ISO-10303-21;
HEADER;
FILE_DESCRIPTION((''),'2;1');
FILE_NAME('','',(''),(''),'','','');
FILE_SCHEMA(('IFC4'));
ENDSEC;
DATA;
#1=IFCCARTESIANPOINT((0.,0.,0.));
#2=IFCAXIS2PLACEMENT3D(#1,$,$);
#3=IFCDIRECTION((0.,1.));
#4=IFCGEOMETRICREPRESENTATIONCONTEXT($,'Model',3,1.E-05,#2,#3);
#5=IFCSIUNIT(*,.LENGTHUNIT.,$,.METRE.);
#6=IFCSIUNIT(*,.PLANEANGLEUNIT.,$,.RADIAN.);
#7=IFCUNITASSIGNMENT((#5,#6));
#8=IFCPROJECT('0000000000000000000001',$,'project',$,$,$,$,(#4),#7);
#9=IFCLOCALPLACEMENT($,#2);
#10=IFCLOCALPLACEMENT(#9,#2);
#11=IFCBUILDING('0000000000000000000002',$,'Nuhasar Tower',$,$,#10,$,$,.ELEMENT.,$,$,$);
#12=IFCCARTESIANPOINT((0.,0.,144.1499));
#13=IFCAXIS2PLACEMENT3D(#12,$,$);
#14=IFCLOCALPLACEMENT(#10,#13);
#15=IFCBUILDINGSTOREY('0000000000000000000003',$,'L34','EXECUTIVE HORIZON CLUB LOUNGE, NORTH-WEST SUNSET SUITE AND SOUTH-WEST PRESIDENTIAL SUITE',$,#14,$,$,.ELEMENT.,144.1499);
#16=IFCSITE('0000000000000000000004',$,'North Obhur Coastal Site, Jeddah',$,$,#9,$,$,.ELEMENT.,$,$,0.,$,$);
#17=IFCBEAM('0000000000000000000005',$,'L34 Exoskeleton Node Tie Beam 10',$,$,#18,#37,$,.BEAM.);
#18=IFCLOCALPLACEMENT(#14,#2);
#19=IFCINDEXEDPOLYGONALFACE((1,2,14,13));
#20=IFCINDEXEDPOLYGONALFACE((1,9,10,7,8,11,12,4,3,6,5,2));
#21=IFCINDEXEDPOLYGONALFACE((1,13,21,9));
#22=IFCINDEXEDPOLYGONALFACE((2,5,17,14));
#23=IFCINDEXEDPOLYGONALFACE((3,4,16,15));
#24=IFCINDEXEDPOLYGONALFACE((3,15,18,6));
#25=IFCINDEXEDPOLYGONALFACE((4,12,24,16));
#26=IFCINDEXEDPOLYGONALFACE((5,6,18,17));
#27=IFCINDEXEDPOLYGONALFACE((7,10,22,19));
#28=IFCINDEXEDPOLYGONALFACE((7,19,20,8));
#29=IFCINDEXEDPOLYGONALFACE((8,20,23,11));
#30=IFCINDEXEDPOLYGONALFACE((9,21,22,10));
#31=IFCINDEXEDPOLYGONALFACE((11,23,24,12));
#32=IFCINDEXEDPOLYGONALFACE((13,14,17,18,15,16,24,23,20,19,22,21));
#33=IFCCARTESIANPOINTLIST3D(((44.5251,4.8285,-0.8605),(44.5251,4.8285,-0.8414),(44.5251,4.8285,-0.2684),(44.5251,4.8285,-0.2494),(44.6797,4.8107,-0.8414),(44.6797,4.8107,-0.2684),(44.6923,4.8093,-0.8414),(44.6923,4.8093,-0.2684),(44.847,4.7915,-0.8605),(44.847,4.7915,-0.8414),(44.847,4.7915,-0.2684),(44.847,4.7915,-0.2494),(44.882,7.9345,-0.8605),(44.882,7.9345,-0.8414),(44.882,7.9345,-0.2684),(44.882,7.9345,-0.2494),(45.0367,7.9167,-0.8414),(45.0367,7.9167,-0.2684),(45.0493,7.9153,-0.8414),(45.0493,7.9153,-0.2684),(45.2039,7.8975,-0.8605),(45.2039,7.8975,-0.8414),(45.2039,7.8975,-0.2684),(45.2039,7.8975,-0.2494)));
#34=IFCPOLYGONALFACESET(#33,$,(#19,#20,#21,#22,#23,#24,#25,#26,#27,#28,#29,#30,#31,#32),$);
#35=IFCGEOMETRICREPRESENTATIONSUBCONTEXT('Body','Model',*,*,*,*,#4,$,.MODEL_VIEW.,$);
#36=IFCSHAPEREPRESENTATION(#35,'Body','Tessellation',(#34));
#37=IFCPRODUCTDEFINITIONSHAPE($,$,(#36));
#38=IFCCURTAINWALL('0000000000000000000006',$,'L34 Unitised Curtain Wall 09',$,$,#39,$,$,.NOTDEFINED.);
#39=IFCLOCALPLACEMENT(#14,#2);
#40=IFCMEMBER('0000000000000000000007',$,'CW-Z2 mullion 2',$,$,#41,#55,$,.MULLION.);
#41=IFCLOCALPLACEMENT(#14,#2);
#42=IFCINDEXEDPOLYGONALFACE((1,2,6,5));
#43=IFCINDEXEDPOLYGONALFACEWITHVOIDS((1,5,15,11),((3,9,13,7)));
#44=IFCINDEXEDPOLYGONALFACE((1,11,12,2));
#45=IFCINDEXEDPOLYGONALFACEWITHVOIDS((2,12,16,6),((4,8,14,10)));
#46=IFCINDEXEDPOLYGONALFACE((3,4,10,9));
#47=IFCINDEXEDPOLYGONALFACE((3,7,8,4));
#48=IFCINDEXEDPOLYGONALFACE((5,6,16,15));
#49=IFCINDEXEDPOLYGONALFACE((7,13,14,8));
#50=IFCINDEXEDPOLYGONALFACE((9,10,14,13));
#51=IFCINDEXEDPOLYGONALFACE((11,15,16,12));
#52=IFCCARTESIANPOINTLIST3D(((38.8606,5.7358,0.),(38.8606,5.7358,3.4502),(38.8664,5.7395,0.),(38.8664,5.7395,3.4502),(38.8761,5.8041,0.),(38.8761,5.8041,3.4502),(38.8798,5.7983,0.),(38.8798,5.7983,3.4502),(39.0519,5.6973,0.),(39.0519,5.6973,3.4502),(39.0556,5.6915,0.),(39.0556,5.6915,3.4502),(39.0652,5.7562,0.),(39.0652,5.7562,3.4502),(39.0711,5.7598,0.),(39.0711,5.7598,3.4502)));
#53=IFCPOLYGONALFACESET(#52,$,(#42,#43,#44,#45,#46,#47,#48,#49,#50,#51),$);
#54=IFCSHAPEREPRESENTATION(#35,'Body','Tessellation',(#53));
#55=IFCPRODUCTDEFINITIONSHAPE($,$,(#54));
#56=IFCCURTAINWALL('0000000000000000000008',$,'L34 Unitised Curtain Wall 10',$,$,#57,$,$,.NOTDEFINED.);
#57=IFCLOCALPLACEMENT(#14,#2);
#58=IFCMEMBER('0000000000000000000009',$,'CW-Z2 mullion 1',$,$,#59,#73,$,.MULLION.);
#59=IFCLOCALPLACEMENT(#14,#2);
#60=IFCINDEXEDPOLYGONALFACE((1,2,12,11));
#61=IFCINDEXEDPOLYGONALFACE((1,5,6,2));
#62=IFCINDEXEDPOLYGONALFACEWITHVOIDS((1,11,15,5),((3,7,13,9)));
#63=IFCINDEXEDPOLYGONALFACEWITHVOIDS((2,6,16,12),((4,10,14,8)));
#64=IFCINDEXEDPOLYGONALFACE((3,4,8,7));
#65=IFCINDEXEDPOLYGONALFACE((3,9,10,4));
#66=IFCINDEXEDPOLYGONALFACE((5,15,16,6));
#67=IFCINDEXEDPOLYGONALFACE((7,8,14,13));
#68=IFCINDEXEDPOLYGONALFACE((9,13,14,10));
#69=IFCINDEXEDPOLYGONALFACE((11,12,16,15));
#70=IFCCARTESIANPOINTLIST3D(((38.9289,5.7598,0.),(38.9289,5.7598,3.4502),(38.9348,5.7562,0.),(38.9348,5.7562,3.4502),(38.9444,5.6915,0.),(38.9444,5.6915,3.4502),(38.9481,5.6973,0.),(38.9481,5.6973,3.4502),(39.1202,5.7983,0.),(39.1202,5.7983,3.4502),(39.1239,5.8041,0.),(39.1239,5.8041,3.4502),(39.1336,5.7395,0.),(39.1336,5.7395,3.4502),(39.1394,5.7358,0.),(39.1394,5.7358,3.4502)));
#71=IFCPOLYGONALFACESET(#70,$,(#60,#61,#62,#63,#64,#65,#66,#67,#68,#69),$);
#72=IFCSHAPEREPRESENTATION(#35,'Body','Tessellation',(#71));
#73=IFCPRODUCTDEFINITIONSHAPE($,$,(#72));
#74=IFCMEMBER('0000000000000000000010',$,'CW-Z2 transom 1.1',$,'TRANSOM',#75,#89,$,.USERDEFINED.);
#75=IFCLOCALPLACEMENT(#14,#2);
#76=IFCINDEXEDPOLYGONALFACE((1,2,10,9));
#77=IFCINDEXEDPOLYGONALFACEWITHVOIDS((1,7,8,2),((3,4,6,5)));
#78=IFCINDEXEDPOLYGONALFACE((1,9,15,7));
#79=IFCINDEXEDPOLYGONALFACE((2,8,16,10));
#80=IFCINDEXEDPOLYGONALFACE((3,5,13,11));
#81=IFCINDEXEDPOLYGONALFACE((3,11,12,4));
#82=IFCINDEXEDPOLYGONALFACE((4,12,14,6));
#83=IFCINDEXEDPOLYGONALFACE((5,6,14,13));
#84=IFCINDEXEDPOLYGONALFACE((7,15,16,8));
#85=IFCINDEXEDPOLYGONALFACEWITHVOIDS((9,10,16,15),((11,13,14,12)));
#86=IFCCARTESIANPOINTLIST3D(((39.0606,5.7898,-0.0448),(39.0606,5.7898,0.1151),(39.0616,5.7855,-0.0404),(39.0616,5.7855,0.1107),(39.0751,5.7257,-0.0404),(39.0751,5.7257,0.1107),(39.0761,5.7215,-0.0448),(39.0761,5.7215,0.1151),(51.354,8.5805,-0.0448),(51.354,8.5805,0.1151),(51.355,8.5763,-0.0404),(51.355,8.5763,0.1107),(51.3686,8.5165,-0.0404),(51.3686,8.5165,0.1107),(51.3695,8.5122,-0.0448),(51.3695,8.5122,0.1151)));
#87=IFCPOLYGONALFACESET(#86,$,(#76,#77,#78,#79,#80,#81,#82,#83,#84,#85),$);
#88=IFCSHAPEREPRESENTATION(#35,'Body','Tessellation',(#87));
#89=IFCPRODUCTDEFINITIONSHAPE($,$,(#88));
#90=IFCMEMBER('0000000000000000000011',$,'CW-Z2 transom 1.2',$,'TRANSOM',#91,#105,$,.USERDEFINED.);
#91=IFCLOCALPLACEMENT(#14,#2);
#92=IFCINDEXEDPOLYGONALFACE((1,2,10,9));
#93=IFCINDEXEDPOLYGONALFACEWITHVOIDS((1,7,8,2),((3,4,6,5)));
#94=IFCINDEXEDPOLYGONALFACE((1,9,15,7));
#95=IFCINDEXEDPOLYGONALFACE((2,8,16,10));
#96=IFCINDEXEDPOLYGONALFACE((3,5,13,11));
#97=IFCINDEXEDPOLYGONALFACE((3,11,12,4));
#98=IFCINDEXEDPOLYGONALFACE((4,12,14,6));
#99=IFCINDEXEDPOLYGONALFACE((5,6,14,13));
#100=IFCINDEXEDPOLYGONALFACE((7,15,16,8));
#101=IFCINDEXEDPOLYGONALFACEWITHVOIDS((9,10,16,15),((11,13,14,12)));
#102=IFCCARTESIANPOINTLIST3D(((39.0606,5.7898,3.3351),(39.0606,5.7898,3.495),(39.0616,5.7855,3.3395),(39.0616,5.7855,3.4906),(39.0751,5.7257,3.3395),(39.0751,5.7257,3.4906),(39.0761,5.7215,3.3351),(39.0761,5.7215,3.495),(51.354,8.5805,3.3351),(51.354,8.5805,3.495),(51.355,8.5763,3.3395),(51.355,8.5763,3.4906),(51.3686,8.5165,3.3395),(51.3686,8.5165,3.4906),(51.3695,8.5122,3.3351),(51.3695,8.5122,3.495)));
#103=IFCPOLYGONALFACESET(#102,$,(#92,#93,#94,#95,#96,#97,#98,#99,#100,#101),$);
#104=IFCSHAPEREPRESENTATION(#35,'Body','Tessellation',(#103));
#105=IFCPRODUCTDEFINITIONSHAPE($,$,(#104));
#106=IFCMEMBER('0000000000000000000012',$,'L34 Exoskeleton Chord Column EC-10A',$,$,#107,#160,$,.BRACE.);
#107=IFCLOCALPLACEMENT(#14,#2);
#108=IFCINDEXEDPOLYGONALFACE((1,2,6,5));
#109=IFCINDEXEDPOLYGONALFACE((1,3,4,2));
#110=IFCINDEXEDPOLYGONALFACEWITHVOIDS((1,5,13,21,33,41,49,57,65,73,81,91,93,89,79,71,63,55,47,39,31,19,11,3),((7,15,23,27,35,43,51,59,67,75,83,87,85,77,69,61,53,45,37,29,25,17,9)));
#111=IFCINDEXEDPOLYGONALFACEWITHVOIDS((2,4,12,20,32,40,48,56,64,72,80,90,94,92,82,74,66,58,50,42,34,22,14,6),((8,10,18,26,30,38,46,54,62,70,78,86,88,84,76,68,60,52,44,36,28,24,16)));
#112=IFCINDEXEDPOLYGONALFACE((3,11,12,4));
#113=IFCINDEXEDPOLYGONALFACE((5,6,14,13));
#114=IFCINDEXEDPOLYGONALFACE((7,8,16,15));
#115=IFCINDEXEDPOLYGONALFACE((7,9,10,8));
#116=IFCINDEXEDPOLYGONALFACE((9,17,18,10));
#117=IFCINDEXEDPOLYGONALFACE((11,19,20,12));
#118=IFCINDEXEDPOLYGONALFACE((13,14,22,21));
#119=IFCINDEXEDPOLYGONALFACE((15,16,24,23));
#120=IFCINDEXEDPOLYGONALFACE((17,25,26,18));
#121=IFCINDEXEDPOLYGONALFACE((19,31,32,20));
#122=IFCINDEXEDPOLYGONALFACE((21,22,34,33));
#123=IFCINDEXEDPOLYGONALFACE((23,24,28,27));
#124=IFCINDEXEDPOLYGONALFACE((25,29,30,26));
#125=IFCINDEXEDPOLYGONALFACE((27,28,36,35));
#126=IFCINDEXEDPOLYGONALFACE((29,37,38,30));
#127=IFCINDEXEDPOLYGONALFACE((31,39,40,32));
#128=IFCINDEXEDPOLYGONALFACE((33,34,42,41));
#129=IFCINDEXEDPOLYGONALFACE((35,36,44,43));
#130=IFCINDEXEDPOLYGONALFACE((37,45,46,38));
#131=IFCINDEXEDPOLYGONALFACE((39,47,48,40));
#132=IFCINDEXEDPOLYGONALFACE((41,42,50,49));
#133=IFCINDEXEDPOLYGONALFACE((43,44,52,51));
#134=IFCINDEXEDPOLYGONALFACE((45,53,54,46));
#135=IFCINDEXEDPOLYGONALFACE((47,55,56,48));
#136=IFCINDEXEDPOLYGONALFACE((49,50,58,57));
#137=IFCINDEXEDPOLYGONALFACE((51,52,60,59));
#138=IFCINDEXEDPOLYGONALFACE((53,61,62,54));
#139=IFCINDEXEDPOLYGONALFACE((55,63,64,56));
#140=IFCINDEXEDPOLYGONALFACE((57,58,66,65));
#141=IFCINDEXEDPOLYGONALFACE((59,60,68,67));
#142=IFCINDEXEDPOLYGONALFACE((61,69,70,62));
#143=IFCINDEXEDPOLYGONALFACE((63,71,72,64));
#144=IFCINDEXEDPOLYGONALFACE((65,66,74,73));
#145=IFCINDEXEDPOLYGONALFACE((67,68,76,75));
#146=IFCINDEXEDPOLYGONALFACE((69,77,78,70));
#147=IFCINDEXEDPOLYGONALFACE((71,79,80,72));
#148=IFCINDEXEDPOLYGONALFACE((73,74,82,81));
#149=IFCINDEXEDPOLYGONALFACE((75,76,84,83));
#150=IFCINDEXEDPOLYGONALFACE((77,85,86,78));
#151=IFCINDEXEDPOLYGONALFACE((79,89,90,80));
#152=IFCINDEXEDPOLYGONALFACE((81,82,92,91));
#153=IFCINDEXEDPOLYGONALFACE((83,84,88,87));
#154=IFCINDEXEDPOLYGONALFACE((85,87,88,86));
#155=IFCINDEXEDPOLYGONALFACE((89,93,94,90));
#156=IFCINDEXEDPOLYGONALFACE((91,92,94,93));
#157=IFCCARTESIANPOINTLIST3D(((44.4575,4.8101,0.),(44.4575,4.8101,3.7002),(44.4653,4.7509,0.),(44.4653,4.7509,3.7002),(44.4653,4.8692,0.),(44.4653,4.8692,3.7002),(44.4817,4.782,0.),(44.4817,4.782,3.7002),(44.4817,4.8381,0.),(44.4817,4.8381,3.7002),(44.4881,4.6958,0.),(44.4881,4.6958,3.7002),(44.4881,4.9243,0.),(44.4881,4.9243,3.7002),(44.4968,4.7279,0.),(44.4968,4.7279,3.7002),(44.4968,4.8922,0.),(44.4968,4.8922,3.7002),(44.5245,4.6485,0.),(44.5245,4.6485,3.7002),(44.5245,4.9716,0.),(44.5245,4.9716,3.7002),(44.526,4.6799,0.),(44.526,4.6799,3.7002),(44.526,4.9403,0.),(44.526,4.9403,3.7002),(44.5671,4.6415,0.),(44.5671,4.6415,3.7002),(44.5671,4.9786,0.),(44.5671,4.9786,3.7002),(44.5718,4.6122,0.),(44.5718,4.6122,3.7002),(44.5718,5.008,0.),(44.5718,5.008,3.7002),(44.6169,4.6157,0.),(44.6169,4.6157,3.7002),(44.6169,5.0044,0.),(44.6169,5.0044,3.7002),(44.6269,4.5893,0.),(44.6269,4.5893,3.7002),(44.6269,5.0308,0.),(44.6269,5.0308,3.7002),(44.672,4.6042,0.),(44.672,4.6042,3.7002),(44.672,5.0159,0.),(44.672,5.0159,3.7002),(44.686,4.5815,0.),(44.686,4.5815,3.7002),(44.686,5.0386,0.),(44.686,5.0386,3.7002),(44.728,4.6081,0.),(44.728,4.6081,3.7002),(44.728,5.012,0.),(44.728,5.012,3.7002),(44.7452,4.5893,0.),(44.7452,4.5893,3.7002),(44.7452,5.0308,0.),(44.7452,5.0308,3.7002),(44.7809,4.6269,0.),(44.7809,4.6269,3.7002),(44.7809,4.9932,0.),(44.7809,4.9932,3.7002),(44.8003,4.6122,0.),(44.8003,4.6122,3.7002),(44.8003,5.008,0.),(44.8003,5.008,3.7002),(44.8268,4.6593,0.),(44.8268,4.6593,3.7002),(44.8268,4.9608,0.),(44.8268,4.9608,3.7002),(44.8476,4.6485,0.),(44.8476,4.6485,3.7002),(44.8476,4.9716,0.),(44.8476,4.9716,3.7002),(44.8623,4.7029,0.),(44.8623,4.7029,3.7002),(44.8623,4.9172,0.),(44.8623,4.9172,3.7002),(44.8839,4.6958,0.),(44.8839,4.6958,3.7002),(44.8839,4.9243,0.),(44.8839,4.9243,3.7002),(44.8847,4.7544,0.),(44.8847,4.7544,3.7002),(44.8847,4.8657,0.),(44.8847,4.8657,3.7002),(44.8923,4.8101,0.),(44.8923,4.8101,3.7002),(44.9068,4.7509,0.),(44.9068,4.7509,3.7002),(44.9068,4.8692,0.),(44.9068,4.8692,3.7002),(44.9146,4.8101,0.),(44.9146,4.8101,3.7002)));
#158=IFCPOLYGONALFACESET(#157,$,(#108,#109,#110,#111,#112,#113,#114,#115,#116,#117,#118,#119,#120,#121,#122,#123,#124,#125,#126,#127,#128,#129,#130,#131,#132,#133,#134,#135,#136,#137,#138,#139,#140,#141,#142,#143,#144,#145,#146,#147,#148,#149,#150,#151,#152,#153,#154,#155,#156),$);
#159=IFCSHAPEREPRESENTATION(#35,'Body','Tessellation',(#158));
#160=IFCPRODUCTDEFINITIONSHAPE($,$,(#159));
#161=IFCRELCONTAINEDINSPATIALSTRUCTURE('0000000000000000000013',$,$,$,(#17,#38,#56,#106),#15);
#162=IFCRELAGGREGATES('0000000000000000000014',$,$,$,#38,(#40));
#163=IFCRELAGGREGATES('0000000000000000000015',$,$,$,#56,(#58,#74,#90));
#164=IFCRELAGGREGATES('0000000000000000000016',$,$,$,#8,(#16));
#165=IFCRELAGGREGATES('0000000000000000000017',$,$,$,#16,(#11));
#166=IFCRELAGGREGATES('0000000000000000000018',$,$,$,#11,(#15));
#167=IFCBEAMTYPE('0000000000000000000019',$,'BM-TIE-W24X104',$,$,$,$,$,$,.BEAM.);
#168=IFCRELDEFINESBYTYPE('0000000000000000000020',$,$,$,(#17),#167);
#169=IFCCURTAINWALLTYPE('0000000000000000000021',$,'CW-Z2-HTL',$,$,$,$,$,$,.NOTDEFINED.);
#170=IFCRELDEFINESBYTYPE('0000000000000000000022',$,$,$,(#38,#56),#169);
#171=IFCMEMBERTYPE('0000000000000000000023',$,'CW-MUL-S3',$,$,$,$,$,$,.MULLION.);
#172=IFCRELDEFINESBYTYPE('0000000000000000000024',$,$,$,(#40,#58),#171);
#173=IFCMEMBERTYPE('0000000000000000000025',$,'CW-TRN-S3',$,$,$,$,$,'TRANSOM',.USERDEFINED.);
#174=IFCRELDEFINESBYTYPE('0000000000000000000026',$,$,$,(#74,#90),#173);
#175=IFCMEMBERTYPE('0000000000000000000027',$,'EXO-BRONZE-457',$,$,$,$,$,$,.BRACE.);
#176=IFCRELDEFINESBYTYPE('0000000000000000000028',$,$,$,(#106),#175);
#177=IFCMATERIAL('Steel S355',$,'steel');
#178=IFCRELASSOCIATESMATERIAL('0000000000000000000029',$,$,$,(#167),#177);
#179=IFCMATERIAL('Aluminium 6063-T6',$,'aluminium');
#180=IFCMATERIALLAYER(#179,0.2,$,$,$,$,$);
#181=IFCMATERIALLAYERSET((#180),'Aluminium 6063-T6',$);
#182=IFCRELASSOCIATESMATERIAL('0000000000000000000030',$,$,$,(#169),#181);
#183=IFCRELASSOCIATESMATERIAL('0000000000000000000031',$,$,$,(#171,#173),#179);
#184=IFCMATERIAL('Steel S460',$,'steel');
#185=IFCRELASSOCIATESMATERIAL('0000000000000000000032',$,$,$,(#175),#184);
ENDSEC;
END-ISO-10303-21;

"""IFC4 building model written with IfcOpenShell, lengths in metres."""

from ifc_helpers import new_model, si_unit, direction, frame, origin, origin_2d, place, context, subcontext, project, spatial, hollow_rectangle, hollow_circle, i_section, extrude, material, layer, layer_set, material_profile, profile_set, type_object, element, aggregate, save


model = new_model("IFC4")

# Units and contexts
model_context = context("Model", 3, precision=1e-05, world=origin(), true_north=direction((0.0, 1.0)))
body_context = subcontext(model_context, "Body", "Model", "MODEL_VIEW")
ifc_project = project(units=[si_unit("LENGTHUNIT", "METRE"), si_unit("PLANEANGLEUNIT", "RADIAN")], contexts=[model_context])

# Site, building, storey
site_placement = place(None, origin())
site = spatial("IfcSite", under=ifc_project, at=site_placement, Name="North Obhur Coastal Site, Jeddah", CompositionType="ELEMENT", RefElevation=0.0)
building_placement = place(site_placement, origin())
building = spatial("IfcBuilding", under=site, at=building_placement, Name="Nuhasar Tower", CompositionType="ELEMENT")
storey_placement = place(building_placement, frame((0.0, 0.0, 144.1499)))
storey = spatial("IfcBuildingStorey", under=building, at=storey_placement, Name="L34", Description="EXECUTIVE HORIZON CLUB LOUNGE, NORTH-WEST SUNSET SUITE AND SOUTH-WEST PRESIDENTIAL SUITE", CompositionType="ELEMENT", Elevation=144.1499)

# Beam
ifc_material_1 = material(Name="Steel S355", Category="steel")
ifc_material_profile_1 = material_profile(ifc_material_1, i_section(OverallWidth=0.324, OverallDepth=0.6111, WebThickness=0.0127, FlangeThickness=0.019, at=origin_2d()), Name="W24X104")
ifc_profile_set_1 = profile_set([ifc_material_profile_1], Name="Steel S355")
beam_type_1 = type_object("IfcBeamType", Name="BM-TIE-W24X104", PredefinedType="BEAM", material=ifc_profile_set_1)
beam_1_placement = place(storey_placement, frame((45.043, 7.916, -0.5549), z_axis=(-0.114168, -0.993461, 0.0), x_axis=(0.993461, -0.114168, 0.0)))
element("IfcBeam", 1, at=beam_1_placement, inside=storey, type_object=beam_type_1, Name="L34 Exoskeleton Node Tie Beam 10", PredefinedType="BEAM", context=body_context, shape_type="SweptSolid", body=[
    extrude(i_section(OverallWidth=0.324, OverallDepth=0.6111, WebThickness=0.0127, FlangeThickness=0.019, at=origin_2d()), origin(), (0.0, 0.0, 1.0), 3.1265),
])

# Curtain wall, member
ifc_material_2 = material(Name="Aluminium 6063-T6", Category="aluminium")
ifc_layer_1 = layer(ifc_material_2, 0.2)
ifc_layer_set_1 = layer_set([ifc_layer_1], Name="Aluminium 6063-T6")
curtain_wall_type = type_object("IfcCurtainWallType", Name="CW-Z2-HTL", PredefinedType="NOTDEFINED", material=ifc_layer_set_1)
curtain_wall_1_placement = place(storey_placement, origin())
curtain_wall_1 = element("IfcCurtainWall", 2, at=curtain_wall_1_placement, inside=storey, type_object=curtain_wall_type, Name="L34 Unitised Curtain Wall 09", PredefinedType="NOTDEFINED")
ifc_material_profile_2 = material_profile(ifc_material_2, hollow_rectangle(XDim=0.0701, YDim=0.2, WallThickness=0.0049, at=origin_2d()), Name="CWM-3")
ifc_profile_set_2 = profile_set([ifc_material_profile_2], Name="Aluminium 6063-T6")
member_type_1 = type_object("IfcMemberType", Name="CW-MUL-S3", PredefinedType="MULLION", material=ifc_profile_set_2)
member_1_placement = place(storey_placement, frame((38.9658, 5.7478, 0.0), z_axis=(0.0, 0.0, 1.0), x_axis=(0.221397, 0.975184, 0.0)))
member_1 = element("IfcMember", 3, at=member_1_placement, type_object=member_type_1, Name="CW-Z2 mullion 2", PredefinedType="MULLION", context=body_context, shape_type="SweptSolid", body=[
    extrude(hollow_rectangle(XDim=0.0701, YDim=0.2, WallThickness=0.0049, at=origin_2d()), origin(), (0.0, 0.0, 1.0), 3.4502),
])
aggregate(curtain_wall_1, [member_1])

# Curtain wall, members
curtain_wall_2_placement = place(storey_placement, origin())
curtain_wall_2 = element("IfcCurtainWall", 4, at=curtain_wall_2_placement, inside=storey, type_object=curtain_wall_type, Name="L34 Unitised Curtain Wall 10", PredefinedType="NOTDEFINED")
member_2_placement = place(storey_placement, frame((39.0342, 5.7478, 0.0), z_axis=(0.0, 0.0, 1.0), x_axis=(-0.221397, 0.975184, 0.0)))
member_2 = element("IfcMember", 5, at=member_2_placement, type_object=member_type_1, Name="CW-Z2 mullion 1", PredefinedType="MULLION", context=body_context, shape_type="SweptSolid", body=[
    extrude(hollow_rectangle(XDim=0.0701, YDim=0.2, WallThickness=0.0049, at=origin_2d()), origin(), (0.0, 0.0, 1.0), 3.4502),
])
ifc_material_profile_3 = material_profile(ifc_material_2, hollow_rectangle(XDim=0.0701, YDim=0.1599, WallThickness=0.0044, at=origin_2d()), Name="CWT-3")
ifc_profile_set_3 = profile_set([ifc_material_profile_3], Name="Aluminium 6063-T6")
member_type_2 = type_object("IfcMemberType", Name="CW-TRN-S3", ElementType="TRANSOM", PredefinedType="USERDEFINED", material=ifc_profile_set_3)
member_3_placement = place(storey_placement, frame((39.0684, 5.7556, 0.0352), z_axis=(0.975188, 0.22138, 0.0), x_axis=(-0.22138, 0.975188, 0.0)))
member_3 = element("IfcMember", 6, at=member_3_placement, type_object=member_type_2, Name="CW-Z2 transom 1.1", ObjectType="TRANSOM", PredefinedType="USERDEFINED", context=body_context, shape_type="SweptSolid", body=[
    extrude(hollow_rectangle(XDim=0.0701, YDim=0.1599, WallThickness=0.0044, at=origin_2d()), origin(), (0.0, 0.0, 1.0), 12.6062),
])
member_4_placement = place(storey_placement, frame((39.0684, 5.7556, 3.415), z_axis=(0.975188, 0.22138, 0.0), x_axis=(-0.22138, 0.975188, 0.0)))
member_4 = element("IfcMember", 7, at=member_4_placement, type_object=member_type_2, Name="CW-Z2 transom 1.2", ObjectType="TRANSOM", PredefinedType="USERDEFINED", context=body_context, shape_type="SweptSolid", body=[
    extrude(hollow_rectangle(XDim=0.0701, YDim=0.1599, WallThickness=0.0044, at=origin_2d()), origin(), (0.0, 0.0, 1.0), 12.6062),
])

# Member
ifc_material_3 = material(Name="Steel S460", Category="steel")
ifc_material_profile_4 = material_profile(ifc_material_3, hollow_circle(Radius=0.2285, WallThickness=0.0222, at=origin_2d()), Name="HSS457X22.2")
ifc_profile_set_4 = profile_set([ifc_material_profile_4], Name="Steel S460")
member_type_3 = type_object("IfcMemberType", Name="EXO-BRONZE-457", PredefinedType="BRACE", material=ifc_profile_set_4)
member_5_placement = place(storey_placement, frame((44.686, 4.8101, 0.0), z_axis=(0.0, 0.0, 1.0), x_axis=(1.0, 0.0, 0.0)))
element("IfcMember", 8, at=member_5_placement, inside=storey, type_object=member_type_3, Name="L34 Exoskeleton Chord Column EC-10A", PredefinedType="BRACE", context=body_context, shape_type="SweptSolid", body=[
    extrude(hollow_circle(Radius=0.2285, WallThickness=0.0222, at=origin_2d()), origin(), (0.0, 0.0, 1.0), 3.7002),
])

aggregate(curtain_wall_2, [member_2, member_3, member_4])

save(model, "model.ifc")
